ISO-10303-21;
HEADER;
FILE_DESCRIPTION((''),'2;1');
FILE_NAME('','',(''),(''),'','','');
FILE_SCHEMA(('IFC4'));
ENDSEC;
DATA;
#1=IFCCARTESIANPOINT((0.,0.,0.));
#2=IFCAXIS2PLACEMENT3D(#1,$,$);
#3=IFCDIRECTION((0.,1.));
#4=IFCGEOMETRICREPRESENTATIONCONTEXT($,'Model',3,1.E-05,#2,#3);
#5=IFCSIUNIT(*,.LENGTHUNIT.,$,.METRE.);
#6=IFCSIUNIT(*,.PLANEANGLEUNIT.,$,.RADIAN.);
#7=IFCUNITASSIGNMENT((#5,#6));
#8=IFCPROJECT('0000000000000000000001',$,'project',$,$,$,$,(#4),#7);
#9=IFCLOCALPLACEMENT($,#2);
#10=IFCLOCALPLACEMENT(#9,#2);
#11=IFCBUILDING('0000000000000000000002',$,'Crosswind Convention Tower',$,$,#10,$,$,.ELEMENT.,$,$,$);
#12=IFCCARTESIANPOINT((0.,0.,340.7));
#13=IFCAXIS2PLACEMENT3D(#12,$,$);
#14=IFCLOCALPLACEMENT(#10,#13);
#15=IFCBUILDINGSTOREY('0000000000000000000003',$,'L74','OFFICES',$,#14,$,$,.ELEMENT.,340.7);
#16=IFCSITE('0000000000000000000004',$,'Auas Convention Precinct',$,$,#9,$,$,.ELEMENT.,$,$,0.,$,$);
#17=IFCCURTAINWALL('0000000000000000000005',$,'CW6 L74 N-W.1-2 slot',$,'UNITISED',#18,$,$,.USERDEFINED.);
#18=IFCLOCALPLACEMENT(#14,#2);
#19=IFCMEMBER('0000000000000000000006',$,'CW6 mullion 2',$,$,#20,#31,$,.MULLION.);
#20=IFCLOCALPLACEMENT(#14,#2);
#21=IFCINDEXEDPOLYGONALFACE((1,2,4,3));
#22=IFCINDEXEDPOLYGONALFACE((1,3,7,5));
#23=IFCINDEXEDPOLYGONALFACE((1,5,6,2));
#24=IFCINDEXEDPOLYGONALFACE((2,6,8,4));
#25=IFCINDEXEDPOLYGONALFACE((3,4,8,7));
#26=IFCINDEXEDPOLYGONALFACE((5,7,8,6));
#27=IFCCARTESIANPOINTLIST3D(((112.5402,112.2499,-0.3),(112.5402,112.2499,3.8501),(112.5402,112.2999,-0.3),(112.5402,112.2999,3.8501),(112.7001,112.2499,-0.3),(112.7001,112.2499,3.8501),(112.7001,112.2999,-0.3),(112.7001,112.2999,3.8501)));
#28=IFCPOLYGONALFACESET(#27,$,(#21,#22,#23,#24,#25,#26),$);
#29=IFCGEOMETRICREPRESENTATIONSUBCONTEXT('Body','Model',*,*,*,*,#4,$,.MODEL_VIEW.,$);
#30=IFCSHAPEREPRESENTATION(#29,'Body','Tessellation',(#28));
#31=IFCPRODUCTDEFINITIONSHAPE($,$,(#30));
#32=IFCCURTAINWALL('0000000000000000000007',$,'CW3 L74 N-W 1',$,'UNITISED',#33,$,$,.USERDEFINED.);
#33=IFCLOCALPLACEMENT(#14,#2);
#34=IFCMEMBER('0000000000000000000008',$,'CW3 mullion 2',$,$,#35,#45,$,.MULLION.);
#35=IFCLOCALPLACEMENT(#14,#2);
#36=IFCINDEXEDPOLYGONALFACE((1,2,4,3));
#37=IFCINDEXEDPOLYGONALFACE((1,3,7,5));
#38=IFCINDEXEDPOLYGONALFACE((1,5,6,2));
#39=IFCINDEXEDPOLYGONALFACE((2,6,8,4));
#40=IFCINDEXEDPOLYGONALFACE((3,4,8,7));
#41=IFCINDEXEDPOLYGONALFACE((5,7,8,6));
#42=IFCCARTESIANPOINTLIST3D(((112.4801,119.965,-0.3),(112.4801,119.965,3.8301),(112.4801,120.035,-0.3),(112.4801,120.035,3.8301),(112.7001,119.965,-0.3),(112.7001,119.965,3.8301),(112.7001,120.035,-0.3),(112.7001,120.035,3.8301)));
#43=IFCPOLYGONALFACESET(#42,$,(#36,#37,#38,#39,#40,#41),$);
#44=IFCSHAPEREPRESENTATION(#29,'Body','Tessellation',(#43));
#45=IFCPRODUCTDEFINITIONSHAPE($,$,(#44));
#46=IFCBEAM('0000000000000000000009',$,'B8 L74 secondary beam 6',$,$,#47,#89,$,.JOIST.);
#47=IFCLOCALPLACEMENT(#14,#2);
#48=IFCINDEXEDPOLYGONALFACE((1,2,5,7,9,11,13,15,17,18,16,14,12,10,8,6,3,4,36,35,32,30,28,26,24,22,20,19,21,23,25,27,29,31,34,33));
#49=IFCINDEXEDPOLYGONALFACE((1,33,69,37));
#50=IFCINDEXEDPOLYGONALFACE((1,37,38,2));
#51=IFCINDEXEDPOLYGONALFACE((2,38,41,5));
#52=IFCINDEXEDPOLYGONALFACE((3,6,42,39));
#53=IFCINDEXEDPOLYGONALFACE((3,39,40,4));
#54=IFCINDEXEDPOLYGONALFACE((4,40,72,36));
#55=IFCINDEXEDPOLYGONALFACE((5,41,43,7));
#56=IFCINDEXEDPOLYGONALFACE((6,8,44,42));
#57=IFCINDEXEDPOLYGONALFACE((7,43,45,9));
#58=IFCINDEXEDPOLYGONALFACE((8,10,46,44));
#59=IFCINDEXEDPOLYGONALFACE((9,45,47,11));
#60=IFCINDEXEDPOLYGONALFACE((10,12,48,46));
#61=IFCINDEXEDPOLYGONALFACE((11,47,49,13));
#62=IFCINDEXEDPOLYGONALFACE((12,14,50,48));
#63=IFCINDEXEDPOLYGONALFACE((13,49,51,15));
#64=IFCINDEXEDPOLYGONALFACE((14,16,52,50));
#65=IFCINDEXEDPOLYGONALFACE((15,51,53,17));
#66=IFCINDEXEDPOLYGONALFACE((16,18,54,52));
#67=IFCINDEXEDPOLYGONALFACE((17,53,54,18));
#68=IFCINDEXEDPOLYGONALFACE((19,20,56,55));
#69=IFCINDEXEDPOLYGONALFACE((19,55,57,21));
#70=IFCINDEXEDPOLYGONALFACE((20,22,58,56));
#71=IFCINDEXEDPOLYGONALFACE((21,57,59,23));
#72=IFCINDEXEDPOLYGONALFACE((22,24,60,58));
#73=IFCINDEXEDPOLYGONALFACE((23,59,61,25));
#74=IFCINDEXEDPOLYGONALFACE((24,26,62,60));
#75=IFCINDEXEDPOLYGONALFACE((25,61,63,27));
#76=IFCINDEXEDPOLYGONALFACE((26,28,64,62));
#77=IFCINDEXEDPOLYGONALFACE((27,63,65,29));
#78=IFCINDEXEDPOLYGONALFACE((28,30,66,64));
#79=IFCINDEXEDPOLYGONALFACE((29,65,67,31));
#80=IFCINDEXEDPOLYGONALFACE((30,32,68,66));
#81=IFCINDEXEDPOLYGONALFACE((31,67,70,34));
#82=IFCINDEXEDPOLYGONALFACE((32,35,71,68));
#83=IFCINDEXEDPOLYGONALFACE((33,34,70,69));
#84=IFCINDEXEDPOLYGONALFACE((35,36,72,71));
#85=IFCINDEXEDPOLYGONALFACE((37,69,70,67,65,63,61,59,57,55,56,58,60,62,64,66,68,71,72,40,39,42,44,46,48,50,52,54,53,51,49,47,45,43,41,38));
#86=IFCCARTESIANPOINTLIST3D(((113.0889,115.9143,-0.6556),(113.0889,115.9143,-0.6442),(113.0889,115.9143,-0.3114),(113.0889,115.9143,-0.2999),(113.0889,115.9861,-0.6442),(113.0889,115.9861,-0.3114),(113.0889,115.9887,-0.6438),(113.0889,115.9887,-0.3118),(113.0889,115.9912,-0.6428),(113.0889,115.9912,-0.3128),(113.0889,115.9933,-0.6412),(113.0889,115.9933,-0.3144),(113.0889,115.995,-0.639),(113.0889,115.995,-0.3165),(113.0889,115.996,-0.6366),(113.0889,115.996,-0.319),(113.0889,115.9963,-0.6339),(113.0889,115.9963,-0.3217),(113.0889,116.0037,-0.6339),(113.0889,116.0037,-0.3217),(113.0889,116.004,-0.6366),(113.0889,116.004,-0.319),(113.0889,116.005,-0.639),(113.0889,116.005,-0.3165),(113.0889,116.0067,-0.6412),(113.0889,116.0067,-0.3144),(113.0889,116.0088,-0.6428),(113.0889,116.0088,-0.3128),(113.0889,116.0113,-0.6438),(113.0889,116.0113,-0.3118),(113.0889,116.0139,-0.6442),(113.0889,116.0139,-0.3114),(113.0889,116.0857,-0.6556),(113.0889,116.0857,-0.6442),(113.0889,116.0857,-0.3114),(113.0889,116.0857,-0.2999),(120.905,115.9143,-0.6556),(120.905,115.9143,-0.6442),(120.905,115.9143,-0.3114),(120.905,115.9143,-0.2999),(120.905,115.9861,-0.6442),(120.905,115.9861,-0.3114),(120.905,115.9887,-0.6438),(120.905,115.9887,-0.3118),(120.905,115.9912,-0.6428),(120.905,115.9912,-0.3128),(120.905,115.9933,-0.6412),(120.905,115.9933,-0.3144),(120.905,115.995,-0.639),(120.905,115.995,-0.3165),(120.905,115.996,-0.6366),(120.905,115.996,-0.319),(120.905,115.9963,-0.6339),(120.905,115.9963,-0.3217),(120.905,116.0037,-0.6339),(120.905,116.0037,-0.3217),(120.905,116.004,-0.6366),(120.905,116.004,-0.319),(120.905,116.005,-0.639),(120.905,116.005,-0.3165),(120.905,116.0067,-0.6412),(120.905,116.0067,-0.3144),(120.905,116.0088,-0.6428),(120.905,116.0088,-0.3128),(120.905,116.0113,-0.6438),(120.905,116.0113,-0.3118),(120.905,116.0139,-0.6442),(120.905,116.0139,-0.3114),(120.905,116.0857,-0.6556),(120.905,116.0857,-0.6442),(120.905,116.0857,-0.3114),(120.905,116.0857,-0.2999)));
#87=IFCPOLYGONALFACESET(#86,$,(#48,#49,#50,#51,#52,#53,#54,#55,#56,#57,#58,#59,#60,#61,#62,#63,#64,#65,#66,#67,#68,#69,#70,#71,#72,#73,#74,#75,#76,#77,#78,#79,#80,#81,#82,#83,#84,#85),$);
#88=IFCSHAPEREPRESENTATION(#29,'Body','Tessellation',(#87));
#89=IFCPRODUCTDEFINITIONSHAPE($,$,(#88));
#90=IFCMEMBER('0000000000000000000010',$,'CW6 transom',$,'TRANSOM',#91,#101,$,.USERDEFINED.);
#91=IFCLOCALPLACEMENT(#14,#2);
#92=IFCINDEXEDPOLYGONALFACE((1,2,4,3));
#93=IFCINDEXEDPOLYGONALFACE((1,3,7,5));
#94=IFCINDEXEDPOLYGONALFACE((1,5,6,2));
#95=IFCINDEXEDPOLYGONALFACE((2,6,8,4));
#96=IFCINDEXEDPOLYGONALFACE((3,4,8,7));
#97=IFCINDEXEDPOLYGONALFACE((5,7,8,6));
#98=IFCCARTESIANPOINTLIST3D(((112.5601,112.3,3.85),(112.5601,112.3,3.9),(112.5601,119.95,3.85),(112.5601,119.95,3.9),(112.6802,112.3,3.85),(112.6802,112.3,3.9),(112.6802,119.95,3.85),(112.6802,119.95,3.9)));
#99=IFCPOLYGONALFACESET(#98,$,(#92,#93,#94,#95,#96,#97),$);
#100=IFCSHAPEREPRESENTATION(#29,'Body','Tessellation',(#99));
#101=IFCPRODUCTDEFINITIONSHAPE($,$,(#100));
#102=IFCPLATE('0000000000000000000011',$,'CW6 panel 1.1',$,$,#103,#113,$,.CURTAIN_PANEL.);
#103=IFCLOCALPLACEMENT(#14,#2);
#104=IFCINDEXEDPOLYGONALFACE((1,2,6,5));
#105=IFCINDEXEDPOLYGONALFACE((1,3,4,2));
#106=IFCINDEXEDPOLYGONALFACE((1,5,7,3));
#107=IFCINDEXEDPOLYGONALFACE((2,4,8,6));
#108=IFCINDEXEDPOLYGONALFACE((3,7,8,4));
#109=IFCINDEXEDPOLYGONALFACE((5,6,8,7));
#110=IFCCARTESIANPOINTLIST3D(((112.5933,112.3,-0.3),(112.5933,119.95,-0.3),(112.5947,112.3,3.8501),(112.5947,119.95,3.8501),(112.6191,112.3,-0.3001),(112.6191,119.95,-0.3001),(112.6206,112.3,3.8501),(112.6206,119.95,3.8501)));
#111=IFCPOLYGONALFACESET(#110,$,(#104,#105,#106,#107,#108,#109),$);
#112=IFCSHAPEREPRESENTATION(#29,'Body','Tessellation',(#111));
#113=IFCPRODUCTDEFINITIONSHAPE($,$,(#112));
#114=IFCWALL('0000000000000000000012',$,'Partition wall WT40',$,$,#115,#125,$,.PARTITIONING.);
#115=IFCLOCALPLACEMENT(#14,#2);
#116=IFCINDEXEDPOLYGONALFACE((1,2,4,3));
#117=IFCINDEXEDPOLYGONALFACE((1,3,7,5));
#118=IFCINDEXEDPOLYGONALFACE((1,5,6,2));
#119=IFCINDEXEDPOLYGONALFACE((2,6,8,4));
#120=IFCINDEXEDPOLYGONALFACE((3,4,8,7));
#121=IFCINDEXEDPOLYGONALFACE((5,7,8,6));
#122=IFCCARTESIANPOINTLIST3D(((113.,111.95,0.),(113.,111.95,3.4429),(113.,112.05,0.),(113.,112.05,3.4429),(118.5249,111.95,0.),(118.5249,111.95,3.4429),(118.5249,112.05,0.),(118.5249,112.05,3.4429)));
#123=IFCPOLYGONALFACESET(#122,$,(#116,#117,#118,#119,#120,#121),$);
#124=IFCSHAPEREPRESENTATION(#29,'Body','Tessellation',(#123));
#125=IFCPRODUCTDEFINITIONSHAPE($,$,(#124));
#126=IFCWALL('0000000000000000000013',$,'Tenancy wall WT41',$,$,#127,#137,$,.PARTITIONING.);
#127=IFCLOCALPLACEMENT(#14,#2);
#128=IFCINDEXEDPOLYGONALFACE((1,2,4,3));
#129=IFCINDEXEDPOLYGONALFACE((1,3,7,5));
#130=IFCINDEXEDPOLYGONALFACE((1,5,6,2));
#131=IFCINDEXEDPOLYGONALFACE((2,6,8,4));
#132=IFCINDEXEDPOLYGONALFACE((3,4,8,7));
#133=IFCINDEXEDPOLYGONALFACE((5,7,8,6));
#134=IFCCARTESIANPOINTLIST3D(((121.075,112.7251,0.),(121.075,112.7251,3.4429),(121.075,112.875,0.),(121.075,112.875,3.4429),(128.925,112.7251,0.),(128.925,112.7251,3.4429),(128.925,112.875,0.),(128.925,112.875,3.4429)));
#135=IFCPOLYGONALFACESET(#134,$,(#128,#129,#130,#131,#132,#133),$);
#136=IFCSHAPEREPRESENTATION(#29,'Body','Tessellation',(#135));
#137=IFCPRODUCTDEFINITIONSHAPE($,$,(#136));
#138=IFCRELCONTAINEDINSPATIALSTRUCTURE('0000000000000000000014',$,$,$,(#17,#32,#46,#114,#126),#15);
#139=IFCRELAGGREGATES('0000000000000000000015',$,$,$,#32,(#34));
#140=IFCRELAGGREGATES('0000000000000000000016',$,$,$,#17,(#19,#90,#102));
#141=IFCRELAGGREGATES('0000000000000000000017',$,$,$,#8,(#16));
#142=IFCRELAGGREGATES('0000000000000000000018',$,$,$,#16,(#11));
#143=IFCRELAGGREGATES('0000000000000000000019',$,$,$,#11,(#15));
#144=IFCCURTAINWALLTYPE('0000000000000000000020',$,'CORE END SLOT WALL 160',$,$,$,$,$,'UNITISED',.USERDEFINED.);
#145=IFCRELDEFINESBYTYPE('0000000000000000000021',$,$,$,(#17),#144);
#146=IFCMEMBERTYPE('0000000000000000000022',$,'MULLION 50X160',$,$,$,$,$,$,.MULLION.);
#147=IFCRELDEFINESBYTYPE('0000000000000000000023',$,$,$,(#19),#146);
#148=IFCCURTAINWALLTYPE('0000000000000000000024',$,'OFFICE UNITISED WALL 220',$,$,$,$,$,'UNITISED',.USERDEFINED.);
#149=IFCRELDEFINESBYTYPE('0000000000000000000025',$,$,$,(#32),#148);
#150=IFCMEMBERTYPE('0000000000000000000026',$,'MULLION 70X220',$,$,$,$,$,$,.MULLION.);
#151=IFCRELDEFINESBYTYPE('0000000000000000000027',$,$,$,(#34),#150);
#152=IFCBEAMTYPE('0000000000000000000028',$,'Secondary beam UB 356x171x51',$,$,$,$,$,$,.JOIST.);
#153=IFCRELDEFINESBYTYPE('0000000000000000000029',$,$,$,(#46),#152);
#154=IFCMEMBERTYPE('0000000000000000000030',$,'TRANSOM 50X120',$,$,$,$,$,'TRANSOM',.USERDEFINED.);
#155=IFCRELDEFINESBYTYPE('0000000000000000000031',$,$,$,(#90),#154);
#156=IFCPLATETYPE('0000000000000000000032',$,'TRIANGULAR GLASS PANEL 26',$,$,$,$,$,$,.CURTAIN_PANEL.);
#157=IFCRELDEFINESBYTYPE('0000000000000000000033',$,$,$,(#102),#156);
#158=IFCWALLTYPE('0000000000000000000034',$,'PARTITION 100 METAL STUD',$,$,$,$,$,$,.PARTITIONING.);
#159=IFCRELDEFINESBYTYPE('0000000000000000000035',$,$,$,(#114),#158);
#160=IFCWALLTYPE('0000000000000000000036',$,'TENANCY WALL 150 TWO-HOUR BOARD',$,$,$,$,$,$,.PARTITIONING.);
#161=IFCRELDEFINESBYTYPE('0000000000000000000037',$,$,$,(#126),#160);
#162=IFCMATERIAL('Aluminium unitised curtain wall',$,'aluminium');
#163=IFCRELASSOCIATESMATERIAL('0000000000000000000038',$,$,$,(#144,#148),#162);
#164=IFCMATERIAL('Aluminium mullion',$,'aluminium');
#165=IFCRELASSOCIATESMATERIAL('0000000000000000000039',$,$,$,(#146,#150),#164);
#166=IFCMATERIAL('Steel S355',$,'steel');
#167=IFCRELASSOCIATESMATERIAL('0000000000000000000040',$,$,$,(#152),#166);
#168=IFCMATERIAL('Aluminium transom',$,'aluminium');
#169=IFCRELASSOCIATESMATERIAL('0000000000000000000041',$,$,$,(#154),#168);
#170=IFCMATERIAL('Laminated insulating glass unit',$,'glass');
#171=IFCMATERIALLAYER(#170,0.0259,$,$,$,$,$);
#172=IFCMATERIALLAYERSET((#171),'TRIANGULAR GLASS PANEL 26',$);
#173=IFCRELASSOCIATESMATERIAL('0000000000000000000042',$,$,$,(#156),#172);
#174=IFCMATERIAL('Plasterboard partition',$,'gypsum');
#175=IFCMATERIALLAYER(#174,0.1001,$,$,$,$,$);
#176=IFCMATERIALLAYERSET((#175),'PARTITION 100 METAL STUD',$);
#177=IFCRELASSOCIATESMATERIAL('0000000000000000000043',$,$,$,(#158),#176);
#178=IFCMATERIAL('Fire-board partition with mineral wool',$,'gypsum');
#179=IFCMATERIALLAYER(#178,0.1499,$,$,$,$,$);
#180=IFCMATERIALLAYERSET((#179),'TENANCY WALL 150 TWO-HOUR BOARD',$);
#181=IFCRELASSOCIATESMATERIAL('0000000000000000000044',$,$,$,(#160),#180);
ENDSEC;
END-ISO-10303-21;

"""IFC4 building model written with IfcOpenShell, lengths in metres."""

from ifc_helpers import new_model, si_unit, direction, frame, frame_2d, origin, origin_2d, place, context, subcontext, project, spatial, polyline, rectangle, i_section, outline, extrude, material, layer, layer_set, material_profile, profile_set, type_object, element, aggregate, save


model = new_model("IFC4")

# Units and contexts
model_context = context("Model", 3, precision=1e-05, world=origin(), true_north=direction((0.0, 1.0)))
body_context = subcontext(model_context, "Body", "Model", "MODEL_VIEW")
ifc_project = project(units=[si_unit("LENGTHUNIT", "METRE"), si_unit("PLANEANGLEUNIT", "RADIAN")], contexts=[model_context])

# Site, building, storey
site_placement = place(None, origin())
site = spatial("IfcSite", under=ifc_project, at=site_placement, Name="Auas Convention Precinct", CompositionType="ELEMENT", RefElevation=0.0)
building_placement = place(site_placement, origin())
building = spatial("IfcBuilding", under=site, at=building_placement, Name="Crosswind Convention Tower", CompositionType="ELEMENT")
storey_placement = place(building_placement, frame((0.0, 0.0, 340.7)))
storey = spatial("IfcBuildingStorey", under=building, at=storey_placement, Name="L74", Description="OFFICES", CompositionType="ELEMENT", Elevation=340.7)

# Shared definitions
ifc_material_1 = material(Name="Steel S355", Category="steel")

# Curtain wall, member
ifc_material_2 = material(Name="Aluminium unitised curtain wall", Category="aluminium")
curtain_wall_type_1 = type_object("IfcCurtainWallType", Name="CORE END SLOT WALL 160", ElementType="UNITISED", PredefinedType="USERDEFINED", material=ifc_material_2)
curtain_wall_1_placement = place(storey_placement, origin())
curtain_wall_1 = element("IfcCurtainWall", 1, at=curtain_wall_1_placement, inside=storey, type_object=curtain_wall_type_1, Name="CW6 L74 N-W.1-2 slot", ObjectType="UNITISED", PredefinedType="USERDEFINED")
ifc_material_3 = material(Name="Aluminium mullion", Category="aluminium")
ifc_material_profile_1 = material_profile(ifc_material_3, rectangle(XDim=0.1599, YDim=0.05, at=origin_2d()), Name="AL 160X50")
ifc_profile_set_1 = profile_set([ifc_material_profile_1], Name="Aluminium mullion")
member_type_1 = type_object("IfcMemberType", Name="MULLION 50X160", PredefinedType="MULLION", material=ifc_profile_set_1)
member_1_placement = place(storey_placement, frame((112.6201, 112.2749, -0.3), z_axis=(0.0, 0.0, 1.0), x_axis=(-1.0, 0.0, 0.0)))
member_1 = element("IfcMember", 2, at=member_1_placement, type_object=member_type_1, Name="CW6 mullion 2", PredefinedType="MULLION", context=body_context, shape_type="SweptSolid", body=[
    extrude(rectangle(XDim=0.1599, YDim=0.05, at=origin_2d()), origin(), (0.0, 0.0, 1.0), 4.1501),
])

# Curtain wall, member
curtain_wall_type_2 = type_object("IfcCurtainWallType", Name="OFFICE UNITISED WALL 220", ElementType="UNITISED", PredefinedType="USERDEFINED", material=ifc_material_2)
curtain_wall_2_placement = place(storey_placement, origin())
curtain_wall_2 = element("IfcCurtainWall", 3, at=curtain_wall_2_placement, inside=storey, type_object=curtain_wall_type_2, Name="CW3 L74 N-W 1", ObjectType="UNITISED", PredefinedType="USERDEFINED")
ifc_material_profile_2 = material_profile(ifc_material_3, rectangle(XDim=0.22, YDim=0.0701, at=origin_2d()), Name="AL 220X70")
ifc_profile_set_2 = profile_set([ifc_material_profile_2], Name="Aluminium mullion")
member_type_2 = type_object("IfcMemberType", Name="MULLION 70X220", PredefinedType="MULLION", material=ifc_profile_set_2)
member_2_placement = place(storey_placement, frame((112.5901, 120.0, -0.3), z_axis=(0.0, 0.0, 1.0), x_axis=(-1.0, 0.0, 0.0)))
member_2 = element("IfcMember", 4, at=member_2_placement, type_object=member_type_2, Name="CW3 mullion 2", PredefinedType="MULLION", context=body_context, shape_type="SweptSolid", body=[
    extrude(rectangle(XDim=0.22, YDim=0.0701, at=origin_2d()), origin(), (0.0, 0.0, 1.0), 4.1301),
])
aggregate(curtain_wall_2, [member_2])

# Beam
ifc_material_profile_3 = material_profile(ifc_material_1, i_section(OverallWidth=0.1714, OverallDepth=0.3557, WebThickness=0.0073, FlangeThickness=0.0115, FilletRadius=0.0103, at=origin_2d()), Name="UB 356x171x51")
ifc_profile_set_3 = profile_set([ifc_material_profile_3], Name="Steel S355")
beam_type_1 = type_object("IfcBeamType", Name="Secondary beam UB 356x171x51", PredefinedType="JOIST", material=ifc_profile_set_3)
beam_1_placement = place(storey_placement, frame((113.0889, 116.0, -0.4778), z_axis=(1.0, 0.0, 0.0), x_axis=(0.0, 1.0, 0.0)))
element("IfcBeam", 5, at=beam_1_placement, inside=storey, type_object=beam_type_1, Name="B8 L74 secondary beam 6", PredefinedType="JOIST", context=body_context, shape_type="SweptSolid", body=[
    extrude(i_section(OverallWidth=0.1714, OverallDepth=0.3557, WebThickness=0.0073, FlangeThickness=0.0115, FilletRadius=0.0103, at=origin_2d()), origin(), (0.0, 0.0, 1.0), 7.8162),
])

# Member
ifc_material_4 = material(Name="Aluminium transom", Category="aluminium")
ifc_material_profile_4 = material_profile(ifc_material_4, rectangle(XDim=0.1201, YDim=0.05, at=origin_2d()), Name="AL 120X50")
ifc_profile_set_4 = profile_set([ifc_material_profile_4], Name="Aluminium transom")
member_type_3 = type_object("IfcMemberType", Name="TRANSOM 50X120", ElementType="TRANSOM", PredefinedType="USERDEFINED", material=ifc_profile_set_4)
member_3_placement = place(storey_placement, frame((112.6201, 119.95, 3.875), z_axis=(0.0, -1.0, 0.0), x_axis=(1.0, 0.0, 0.0)))
member_3 = element("IfcMember", 6, at=member_3_placement, type_object=member_type_3, Name="CW6 transom", ObjectType="TRANSOM", PredefinedType="USERDEFINED", context=body_context, shape_type="SweptSolid", body=[
    extrude(rectangle(XDim=0.1201, YDim=0.05, at=origin_2d()), origin(), (0.0, 0.0, 1.0), 7.6499),
])

# Plate
ifc_material_5 = material(Name="Laminated insulating glass unit", Category="glass")
ifc_layer_1 = layer(ifc_material_5, 0.0259)
ifc_layer_set_1 = layer_set([ifc_layer_1], Name="TRIANGULAR GLASS PANEL 26")
plate_type = type_object("IfcPlateType", Name="TRIANGULAR GLASS PANEL 26", PredefinedType="CURTAIN_PANEL", material=ifc_layer_set_1)
plate_placement = place(storey_placement, frame((112.5933, 119.95, -0.3), z_axis=(-1.0, 0.0, 0.000353), x_axis=(0.0, -1.0, 0.0)))
plate = element("IfcPlate", 7, at=plate_placement, type_object=plate_type, Name="CW6 panel 1.1", PredefinedType="CURTAIN_PANEL", context=body_context, shape_type="SweptSolid", body=[
    extrude(outline(polyline([(0.0, 0.0), (7.6499, 0.0), (7.6499, 4.1501), (0.0, 4.1501), (0.0, 0.0)])), origin(), (0.0, 0.0, -1.0), 0.0259),
])
aggregate(curtain_wall_1, [member_1, member_3, plate])

# Walls
ifc_material_6 = material(Name="Plasterboard partition", Category="gypsum")
ifc_layer_2 = layer(ifc_material_6, 0.1001)
ifc_layer_set_2 = layer_set([ifc_layer_2], Name="PARTITION 100 METAL STUD")
wall_type_1 = type_object("IfcWallType", Name="PARTITION 100 METAL STUD", PredefinedType="PARTITIONING", material=ifc_layer_set_2)
wall_1_placement = place(storey_placement, frame((113.0, 112.0, 0.0), z_axis=(0.0, 0.0, 1.0), x_axis=(1.0, 0.0, 0.0)))
element("IfcWall", 8, at=wall_1_placement, inside=storey, type_object=wall_type_1, Name="Partition wall WT40", PredefinedType="PARTITIONING", context=body_context, shape_type="SweptSolid", body=[
    extrude(rectangle(XDim=5.5249, YDim=0.1001, at=frame_2d((2.7625, 0.0))), origin(), (0.0, 0.0, 1.0), 3.4429),
])
ifc_material_7 = material(Name="Fire-board partition with mineral wool", Category="gypsum")
ifc_layer_3 = layer(ifc_material_7, 0.1499)
ifc_layer_set_3 = layer_set([ifc_layer_3], Name="TENANCY WALL 150 TWO-HOUR BOARD")
wall_type_2 = type_object("IfcWallType", Name="TENANCY WALL 150 TWO-HOUR BOARD", PredefinedType="PARTITIONING", material=ifc_layer_set_3)
wall_2_placement = place(storey_placement, frame((121.075, 112.8, 0.0), z_axis=(0.0, 0.0, 1.0), x_axis=(1.0, 0.0, 0.0)))
element("IfcWall", 9, at=wall_2_placement, inside=storey, type_object=wall_type_2, Name="Tenancy wall WT41", PredefinedType="PARTITIONING", context=body_context, shape_type="SweptSolid", body=[
    extrude(rectangle(XDim=7.8501, YDim=0.1499, at=frame_2d((3.925, 0.0))), origin(), (0.0, 0.0, 1.0), 3.4429),
])

save(model, "model.ifc")
